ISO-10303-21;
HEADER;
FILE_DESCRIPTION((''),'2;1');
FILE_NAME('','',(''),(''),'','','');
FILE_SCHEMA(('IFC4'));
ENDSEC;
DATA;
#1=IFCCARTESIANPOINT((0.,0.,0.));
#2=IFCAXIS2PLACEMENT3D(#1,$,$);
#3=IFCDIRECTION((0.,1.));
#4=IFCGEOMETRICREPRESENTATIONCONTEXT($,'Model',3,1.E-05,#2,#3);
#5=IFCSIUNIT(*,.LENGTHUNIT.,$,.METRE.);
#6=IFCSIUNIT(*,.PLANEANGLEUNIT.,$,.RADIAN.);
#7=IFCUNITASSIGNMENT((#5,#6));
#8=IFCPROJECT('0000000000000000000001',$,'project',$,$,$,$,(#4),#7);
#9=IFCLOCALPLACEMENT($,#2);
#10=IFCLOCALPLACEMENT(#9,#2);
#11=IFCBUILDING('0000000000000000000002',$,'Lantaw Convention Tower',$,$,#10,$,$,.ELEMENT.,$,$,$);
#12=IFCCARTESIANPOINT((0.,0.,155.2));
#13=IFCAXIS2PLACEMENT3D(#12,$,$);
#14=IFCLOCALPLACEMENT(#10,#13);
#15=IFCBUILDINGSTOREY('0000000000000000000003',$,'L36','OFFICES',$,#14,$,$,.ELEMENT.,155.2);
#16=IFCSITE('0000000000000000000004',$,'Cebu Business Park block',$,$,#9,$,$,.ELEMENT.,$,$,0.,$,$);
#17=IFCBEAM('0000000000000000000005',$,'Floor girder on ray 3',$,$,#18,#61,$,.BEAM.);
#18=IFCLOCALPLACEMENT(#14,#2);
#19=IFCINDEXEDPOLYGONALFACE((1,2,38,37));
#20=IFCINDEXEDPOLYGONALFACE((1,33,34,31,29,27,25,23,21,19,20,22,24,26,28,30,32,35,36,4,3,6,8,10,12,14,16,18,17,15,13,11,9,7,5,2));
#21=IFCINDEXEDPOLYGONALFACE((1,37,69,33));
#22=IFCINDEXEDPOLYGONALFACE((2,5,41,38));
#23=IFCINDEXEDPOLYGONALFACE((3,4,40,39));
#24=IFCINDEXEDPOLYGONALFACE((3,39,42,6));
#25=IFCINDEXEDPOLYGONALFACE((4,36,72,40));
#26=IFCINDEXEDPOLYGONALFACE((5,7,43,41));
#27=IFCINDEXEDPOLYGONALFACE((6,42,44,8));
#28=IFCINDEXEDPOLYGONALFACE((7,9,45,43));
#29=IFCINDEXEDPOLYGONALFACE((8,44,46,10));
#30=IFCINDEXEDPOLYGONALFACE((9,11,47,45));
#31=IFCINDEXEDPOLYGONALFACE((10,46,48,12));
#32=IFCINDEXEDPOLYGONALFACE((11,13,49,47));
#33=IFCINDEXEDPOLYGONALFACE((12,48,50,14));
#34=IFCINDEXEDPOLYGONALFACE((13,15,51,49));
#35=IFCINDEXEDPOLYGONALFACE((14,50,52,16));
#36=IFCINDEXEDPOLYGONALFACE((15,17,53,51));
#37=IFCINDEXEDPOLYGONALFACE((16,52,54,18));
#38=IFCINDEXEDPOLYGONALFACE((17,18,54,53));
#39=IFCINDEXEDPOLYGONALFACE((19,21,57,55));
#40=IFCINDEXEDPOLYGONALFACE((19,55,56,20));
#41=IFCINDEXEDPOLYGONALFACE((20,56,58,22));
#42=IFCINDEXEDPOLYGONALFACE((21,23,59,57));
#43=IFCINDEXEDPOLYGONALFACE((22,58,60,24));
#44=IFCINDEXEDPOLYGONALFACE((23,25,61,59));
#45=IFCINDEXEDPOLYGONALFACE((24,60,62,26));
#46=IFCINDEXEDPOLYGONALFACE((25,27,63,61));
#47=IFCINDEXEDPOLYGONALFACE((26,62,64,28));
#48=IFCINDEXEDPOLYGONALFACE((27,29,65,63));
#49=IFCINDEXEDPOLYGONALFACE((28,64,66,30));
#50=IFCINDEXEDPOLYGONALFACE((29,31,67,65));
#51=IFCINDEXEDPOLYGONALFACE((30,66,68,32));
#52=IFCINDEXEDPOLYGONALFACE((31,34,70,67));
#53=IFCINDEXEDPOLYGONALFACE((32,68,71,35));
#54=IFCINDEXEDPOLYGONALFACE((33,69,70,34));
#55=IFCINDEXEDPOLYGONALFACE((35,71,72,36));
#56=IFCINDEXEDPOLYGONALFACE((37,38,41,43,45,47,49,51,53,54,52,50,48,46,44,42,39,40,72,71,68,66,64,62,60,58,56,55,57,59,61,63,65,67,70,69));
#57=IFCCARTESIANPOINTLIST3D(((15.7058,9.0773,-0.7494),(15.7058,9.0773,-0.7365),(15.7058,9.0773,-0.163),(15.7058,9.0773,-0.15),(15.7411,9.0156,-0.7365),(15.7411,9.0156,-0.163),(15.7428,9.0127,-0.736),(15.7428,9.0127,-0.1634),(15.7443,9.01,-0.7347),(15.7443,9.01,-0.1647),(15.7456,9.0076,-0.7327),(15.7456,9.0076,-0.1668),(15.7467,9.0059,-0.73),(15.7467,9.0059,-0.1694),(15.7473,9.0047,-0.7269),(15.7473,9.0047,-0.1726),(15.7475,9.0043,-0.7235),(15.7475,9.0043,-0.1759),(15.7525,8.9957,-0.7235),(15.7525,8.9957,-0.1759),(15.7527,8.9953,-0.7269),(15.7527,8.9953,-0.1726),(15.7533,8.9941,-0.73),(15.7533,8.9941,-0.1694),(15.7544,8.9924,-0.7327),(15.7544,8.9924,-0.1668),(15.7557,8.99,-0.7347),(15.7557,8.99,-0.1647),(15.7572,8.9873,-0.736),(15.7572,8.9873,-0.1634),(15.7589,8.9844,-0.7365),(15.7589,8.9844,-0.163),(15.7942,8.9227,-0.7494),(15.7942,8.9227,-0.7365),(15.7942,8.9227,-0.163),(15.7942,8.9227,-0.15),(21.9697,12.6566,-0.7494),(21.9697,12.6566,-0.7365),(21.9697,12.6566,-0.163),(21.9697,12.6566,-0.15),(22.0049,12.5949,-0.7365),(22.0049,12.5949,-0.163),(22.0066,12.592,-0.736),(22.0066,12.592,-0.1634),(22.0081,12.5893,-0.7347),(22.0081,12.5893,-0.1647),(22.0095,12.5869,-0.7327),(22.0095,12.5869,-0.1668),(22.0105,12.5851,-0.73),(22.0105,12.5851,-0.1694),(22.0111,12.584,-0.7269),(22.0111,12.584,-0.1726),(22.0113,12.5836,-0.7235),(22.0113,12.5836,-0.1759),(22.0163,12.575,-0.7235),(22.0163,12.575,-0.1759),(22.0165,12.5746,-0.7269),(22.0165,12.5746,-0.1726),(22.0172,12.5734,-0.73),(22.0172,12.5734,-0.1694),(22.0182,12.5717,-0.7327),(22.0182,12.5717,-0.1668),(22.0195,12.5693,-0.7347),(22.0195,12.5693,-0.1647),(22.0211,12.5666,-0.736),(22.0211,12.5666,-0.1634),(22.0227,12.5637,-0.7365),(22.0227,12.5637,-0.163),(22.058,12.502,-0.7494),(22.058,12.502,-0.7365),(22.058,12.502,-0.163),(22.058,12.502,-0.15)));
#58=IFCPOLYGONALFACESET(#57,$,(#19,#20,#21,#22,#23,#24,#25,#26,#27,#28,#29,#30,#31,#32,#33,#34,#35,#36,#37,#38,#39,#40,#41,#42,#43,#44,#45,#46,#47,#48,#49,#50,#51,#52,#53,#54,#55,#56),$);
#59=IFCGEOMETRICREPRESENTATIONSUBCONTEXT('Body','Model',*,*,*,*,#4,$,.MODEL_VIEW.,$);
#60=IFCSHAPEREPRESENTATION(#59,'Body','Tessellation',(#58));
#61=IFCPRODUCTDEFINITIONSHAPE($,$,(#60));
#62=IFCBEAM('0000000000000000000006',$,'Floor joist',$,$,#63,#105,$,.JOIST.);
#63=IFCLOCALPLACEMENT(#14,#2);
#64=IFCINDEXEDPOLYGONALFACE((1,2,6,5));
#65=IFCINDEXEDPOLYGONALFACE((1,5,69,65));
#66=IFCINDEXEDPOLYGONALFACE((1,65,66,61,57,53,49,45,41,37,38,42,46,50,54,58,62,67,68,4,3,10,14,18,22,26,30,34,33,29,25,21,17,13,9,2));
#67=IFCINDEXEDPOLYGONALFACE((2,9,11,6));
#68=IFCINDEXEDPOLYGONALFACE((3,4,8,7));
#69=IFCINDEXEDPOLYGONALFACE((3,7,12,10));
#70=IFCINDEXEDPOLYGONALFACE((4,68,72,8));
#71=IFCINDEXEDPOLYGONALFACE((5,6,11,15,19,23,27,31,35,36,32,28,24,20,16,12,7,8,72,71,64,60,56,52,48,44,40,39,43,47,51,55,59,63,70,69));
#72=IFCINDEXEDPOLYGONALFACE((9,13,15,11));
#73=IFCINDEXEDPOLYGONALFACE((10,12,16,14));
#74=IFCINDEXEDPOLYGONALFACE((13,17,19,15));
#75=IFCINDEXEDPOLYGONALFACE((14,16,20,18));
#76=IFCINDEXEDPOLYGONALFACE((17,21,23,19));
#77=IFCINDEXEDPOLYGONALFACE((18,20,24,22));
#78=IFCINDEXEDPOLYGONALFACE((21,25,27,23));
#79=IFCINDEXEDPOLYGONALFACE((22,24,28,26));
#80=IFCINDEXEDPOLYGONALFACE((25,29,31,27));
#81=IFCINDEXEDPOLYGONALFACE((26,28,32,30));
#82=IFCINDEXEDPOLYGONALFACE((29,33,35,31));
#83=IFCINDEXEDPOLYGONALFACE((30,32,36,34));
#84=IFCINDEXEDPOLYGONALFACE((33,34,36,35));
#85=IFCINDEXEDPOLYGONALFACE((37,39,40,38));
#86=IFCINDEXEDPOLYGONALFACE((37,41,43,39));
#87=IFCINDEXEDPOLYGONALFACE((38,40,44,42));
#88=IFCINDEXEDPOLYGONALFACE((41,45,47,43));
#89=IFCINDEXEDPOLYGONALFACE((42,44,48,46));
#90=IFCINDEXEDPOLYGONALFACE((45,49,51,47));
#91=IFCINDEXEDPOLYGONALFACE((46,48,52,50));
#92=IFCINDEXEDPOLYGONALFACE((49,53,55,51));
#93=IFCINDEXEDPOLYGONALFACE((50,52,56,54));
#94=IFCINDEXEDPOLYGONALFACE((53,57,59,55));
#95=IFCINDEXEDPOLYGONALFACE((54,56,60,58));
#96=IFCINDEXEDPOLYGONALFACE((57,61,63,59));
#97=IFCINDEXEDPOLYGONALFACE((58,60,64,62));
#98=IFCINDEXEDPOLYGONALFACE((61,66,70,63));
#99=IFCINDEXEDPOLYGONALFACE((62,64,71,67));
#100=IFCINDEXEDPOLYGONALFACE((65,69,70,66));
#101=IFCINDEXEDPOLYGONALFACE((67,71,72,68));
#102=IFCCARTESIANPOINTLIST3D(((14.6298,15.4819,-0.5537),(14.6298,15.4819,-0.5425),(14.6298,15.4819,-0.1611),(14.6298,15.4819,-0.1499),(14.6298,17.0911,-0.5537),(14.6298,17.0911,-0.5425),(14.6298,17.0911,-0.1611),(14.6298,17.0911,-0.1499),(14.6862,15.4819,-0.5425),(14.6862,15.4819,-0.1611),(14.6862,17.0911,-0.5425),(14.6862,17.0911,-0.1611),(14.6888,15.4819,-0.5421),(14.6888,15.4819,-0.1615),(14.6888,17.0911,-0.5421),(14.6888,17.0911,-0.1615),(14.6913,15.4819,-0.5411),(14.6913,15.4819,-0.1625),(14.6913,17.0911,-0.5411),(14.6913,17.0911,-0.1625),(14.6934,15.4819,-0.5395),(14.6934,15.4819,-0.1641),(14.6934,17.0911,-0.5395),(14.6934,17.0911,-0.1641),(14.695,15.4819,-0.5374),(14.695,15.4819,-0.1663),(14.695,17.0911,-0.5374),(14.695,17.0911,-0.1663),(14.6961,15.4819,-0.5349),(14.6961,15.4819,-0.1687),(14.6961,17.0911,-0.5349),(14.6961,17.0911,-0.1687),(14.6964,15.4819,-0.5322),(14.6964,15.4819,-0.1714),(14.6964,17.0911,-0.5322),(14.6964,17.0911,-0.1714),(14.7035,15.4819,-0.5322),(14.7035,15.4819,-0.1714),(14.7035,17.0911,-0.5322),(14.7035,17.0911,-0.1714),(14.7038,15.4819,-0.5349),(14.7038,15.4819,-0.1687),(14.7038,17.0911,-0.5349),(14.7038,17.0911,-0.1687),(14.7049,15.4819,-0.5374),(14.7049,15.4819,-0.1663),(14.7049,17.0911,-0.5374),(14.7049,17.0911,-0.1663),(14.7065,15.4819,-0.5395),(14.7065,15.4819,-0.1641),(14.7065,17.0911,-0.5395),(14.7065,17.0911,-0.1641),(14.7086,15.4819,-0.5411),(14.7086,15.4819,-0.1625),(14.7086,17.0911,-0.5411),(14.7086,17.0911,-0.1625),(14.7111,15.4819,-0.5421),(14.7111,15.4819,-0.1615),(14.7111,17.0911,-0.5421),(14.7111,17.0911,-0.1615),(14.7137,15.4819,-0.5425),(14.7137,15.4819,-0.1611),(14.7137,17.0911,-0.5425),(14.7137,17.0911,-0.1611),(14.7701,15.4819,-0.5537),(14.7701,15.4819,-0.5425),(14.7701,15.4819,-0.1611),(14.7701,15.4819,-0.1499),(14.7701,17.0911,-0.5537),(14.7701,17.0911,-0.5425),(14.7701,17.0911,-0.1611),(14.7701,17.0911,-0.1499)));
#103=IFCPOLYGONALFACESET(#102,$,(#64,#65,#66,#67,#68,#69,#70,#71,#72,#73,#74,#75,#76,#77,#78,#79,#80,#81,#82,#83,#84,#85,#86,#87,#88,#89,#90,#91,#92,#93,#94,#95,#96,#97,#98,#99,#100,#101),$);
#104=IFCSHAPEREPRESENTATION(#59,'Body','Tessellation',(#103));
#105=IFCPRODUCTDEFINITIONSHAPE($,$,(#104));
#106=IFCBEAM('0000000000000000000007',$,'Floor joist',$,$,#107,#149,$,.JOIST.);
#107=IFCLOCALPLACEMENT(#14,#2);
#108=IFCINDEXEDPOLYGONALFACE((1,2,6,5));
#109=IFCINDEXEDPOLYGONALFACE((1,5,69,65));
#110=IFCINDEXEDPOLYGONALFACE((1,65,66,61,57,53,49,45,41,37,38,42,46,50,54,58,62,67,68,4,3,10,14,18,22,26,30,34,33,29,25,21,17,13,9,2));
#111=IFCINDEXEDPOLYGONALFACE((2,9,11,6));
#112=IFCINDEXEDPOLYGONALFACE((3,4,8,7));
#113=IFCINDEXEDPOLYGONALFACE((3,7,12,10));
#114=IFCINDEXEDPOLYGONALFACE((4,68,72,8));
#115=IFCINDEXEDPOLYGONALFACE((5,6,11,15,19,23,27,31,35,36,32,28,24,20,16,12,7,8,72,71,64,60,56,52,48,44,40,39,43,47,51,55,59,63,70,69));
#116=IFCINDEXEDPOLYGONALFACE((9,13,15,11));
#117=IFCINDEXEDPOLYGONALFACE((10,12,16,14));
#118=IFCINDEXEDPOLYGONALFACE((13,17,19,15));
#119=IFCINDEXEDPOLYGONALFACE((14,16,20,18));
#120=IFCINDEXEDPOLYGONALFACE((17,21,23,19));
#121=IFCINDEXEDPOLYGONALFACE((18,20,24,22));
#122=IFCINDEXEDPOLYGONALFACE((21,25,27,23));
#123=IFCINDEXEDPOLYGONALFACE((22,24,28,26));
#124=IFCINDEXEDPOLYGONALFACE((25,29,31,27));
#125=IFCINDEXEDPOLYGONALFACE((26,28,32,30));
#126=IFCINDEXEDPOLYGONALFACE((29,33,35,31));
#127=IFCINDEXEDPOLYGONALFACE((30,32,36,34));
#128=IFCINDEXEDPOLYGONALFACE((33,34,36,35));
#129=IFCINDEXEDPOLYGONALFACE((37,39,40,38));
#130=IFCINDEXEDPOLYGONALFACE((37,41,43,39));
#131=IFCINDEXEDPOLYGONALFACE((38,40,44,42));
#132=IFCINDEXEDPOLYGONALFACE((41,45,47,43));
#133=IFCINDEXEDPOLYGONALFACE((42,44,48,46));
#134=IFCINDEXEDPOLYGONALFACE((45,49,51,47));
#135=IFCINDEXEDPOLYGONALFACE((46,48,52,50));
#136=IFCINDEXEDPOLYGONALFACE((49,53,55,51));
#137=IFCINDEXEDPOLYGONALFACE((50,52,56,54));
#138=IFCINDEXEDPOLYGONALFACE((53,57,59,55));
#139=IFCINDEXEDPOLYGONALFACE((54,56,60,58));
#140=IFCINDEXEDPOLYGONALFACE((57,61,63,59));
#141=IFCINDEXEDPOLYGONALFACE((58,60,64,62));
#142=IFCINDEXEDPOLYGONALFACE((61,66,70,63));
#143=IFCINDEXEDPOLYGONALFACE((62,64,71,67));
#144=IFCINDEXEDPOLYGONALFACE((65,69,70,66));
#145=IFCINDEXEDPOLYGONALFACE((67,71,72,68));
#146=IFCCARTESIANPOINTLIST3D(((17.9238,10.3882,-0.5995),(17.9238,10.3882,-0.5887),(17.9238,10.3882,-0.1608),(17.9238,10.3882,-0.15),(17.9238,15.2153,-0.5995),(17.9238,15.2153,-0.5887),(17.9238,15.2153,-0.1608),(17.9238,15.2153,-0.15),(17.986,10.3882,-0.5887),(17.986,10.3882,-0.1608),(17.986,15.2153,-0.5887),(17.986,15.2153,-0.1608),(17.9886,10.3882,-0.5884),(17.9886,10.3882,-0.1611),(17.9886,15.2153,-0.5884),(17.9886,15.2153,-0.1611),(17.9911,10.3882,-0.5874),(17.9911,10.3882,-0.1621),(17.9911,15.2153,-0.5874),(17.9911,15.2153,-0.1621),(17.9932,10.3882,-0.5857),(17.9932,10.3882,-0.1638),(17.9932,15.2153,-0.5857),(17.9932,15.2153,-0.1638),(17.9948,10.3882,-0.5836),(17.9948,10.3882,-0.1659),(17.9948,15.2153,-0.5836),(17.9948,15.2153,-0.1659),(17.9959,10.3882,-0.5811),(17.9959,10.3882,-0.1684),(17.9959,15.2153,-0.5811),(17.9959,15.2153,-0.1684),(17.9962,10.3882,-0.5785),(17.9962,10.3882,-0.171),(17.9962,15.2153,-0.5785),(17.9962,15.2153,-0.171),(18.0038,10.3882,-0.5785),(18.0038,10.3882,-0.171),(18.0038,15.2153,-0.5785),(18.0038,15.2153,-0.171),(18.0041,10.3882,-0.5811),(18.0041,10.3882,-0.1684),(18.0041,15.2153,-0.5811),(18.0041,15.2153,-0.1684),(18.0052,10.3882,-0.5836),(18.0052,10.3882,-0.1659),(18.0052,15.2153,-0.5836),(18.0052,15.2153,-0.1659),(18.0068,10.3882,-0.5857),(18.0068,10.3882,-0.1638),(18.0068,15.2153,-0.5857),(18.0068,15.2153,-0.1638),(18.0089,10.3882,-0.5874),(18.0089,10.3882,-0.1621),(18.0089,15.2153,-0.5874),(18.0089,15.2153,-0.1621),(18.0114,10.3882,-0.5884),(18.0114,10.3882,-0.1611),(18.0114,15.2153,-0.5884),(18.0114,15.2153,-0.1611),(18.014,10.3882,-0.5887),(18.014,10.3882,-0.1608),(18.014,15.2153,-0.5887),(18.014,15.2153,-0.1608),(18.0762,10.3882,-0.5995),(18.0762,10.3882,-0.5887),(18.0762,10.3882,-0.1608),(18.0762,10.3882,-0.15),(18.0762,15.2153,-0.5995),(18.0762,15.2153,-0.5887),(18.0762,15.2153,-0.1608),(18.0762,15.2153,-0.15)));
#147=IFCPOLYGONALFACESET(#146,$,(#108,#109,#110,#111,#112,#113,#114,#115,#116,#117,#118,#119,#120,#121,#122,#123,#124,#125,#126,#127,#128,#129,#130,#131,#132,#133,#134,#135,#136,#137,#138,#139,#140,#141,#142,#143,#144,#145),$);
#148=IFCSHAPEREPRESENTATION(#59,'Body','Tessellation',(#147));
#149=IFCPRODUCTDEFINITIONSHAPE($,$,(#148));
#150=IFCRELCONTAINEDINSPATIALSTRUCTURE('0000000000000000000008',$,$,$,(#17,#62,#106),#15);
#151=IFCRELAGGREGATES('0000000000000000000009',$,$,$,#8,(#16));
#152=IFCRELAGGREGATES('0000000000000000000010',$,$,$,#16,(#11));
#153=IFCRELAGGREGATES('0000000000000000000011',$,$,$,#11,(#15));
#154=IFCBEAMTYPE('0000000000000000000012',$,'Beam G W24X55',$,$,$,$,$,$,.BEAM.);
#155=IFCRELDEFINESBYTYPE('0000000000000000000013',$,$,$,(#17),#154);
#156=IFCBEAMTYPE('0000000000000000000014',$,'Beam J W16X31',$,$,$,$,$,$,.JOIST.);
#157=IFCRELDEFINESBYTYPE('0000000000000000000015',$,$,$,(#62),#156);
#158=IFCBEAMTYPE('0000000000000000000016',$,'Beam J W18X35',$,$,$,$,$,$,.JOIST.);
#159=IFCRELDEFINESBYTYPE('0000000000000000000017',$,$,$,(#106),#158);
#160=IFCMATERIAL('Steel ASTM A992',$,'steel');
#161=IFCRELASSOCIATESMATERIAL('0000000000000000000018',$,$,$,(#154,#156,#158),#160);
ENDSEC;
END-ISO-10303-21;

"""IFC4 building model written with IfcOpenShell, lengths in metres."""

from ifc_helpers import new_model, si_unit, direction, frame, origin, origin_2d, place, context, subcontext, project, spatial, i_section, extrude, material, material_profile, profile_set, type_object, element, save


model = new_model("IFC4")

# Units and contexts
model_context = context("Model", 3, precision=1e-05, world=origin(), true_north=direction((0.0, 1.0)))
body_context = subcontext(model_context, "Body", "Model", "MODEL_VIEW")
ifc_project = project(units=[si_unit("LENGTHUNIT", "METRE"), si_unit("PLANEANGLEUNIT", "RADIAN")], contexts=[model_context])

# Site, building, storey
site_placement = place(None, origin())
site = spatial("IfcSite", under=ifc_project, at=site_placement, Name="Cebu Business Park block", CompositionType="ELEMENT", RefElevation=0.0)
building_placement = place(site_placement, origin())
building = spatial("IfcBuilding", under=site, at=building_placement, Name="Lantaw Convention Tower", CompositionType="ELEMENT")
storey_placement = place(building_placement, frame((0.0, 0.0, 155.2)))
storey = spatial("IfcBuildingStorey", under=building, at=storey_placement, Name="L36", Description="OFFICES", CompositionType="ELEMENT", Elevation=155.2)

# Beams
ifc_material_1 = material(Name="Steel ASTM A992", Category="steel")
ifc_material_profile_1 = material_profile(ifc_material_1, i_section(OverallWidth=0.178, OverallDepth=0.5994, WebThickness=0.01, FlangeThickness=0.0129, FilletRadius=0.0129, at=origin_2d()), Name="W24X55")
ifc_profile_set_1 = profile_set([ifc_material_profile_1], Name="Steel ASTM A992")
beam_type_1 = type_object("IfcBeamType", Name="Beam G W24X55", PredefinedType="BEAM", material=ifc_profile_set_1)
beam_1_placement = place(storey_placement, frame((15.75, 9.0, -0.4497), z_axis=(0.868245, 0.496135, 0.0), x_axis=(-0.496135, 0.868245, 0.0)))
element("IfcBeam", 1, at=beam_1_placement, inside=storey, type_object=beam_type_1, Name="Floor girder on ray 3", PredefinedType="BEAM", context=body_context, shape_type="SweptSolid", body=[
    extrude(i_section(OverallWidth=0.178, OverallDepth=0.5994, WebThickness=0.01, FlangeThickness=0.0129, FilletRadius=0.0129, at=origin_2d()), origin(), (0.0, 0.0, 1.0), 7.2144),
])
ifc_material_profile_2 = material_profile(ifc_material_1, i_section(OverallWidth=0.1404, OverallDepth=0.4038, WebThickness=0.0071, FlangeThickness=0.0112, FilletRadius=0.0103, at=origin_2d()), Name="W16X31")
ifc_profile_set_2 = profile_set([ifc_material_profile_2], Name="Steel ASTM A992")
beam_type_2 = type_object("IfcBeamType", Name="Beam J W16X31", PredefinedType="JOIST", material=ifc_profile_set_2)
beam_2_placement = place(storey_placement, frame((14.7, 15.4819, -0.3518), z_axis=(0.0, 1.0, 0.0), x_axis=(-1.0, 0.0, 0.0)))
element("IfcBeam", 2, at=beam_2_placement, inside=storey, type_object=beam_type_2, Name="Floor joist", PredefinedType="JOIST", context=body_context, shape_type="SweptSolid", body=[
    extrude(i_section(OverallWidth=0.1404, OverallDepth=0.4038, WebThickness=0.0071, FlangeThickness=0.0112, FilletRadius=0.0103, at=origin_2d()), origin(), (0.0, 0.0, 1.0), 1.6091),
])
ifc_material_profile_3 = material_profile(ifc_material_1, i_section(OverallWidth=0.1523, OverallDepth=0.4495, WebThickness=0.0076, FlangeThickness=0.0107, FilletRadius=0.0103, at=origin_2d()), Name="W18X35")
ifc_profile_set_3 = profile_set([ifc_material_profile_3], Name="Steel ASTM A992")
beam_type_3 = type_object("IfcBeamType", Name="Beam J W18X35", PredefinedType="JOIST", material=ifc_profile_set_3)
beam_3_placement = place(storey_placement, frame((18.0, 10.3882, -0.3748), z_axis=(0.0, 1.0, 0.0), x_axis=(-1.0, 0.0, 0.0)))
element("IfcBeam", 3, at=beam_3_placement, inside=storey, type_object=beam_type_3, Name="Floor joist", PredefinedType="JOIST", context=body_context, shape_type="SweptSolid", body=[
    extrude(i_section(OverallWidth=0.1523, OverallDepth=0.4495, WebThickness=0.0076, FlangeThickness=0.0107, FilletRadius=0.0103, at=origin_2d()), origin(), (0.0, 0.0, 1.0), 4.8271),
])

save(model, "model.ifc")
